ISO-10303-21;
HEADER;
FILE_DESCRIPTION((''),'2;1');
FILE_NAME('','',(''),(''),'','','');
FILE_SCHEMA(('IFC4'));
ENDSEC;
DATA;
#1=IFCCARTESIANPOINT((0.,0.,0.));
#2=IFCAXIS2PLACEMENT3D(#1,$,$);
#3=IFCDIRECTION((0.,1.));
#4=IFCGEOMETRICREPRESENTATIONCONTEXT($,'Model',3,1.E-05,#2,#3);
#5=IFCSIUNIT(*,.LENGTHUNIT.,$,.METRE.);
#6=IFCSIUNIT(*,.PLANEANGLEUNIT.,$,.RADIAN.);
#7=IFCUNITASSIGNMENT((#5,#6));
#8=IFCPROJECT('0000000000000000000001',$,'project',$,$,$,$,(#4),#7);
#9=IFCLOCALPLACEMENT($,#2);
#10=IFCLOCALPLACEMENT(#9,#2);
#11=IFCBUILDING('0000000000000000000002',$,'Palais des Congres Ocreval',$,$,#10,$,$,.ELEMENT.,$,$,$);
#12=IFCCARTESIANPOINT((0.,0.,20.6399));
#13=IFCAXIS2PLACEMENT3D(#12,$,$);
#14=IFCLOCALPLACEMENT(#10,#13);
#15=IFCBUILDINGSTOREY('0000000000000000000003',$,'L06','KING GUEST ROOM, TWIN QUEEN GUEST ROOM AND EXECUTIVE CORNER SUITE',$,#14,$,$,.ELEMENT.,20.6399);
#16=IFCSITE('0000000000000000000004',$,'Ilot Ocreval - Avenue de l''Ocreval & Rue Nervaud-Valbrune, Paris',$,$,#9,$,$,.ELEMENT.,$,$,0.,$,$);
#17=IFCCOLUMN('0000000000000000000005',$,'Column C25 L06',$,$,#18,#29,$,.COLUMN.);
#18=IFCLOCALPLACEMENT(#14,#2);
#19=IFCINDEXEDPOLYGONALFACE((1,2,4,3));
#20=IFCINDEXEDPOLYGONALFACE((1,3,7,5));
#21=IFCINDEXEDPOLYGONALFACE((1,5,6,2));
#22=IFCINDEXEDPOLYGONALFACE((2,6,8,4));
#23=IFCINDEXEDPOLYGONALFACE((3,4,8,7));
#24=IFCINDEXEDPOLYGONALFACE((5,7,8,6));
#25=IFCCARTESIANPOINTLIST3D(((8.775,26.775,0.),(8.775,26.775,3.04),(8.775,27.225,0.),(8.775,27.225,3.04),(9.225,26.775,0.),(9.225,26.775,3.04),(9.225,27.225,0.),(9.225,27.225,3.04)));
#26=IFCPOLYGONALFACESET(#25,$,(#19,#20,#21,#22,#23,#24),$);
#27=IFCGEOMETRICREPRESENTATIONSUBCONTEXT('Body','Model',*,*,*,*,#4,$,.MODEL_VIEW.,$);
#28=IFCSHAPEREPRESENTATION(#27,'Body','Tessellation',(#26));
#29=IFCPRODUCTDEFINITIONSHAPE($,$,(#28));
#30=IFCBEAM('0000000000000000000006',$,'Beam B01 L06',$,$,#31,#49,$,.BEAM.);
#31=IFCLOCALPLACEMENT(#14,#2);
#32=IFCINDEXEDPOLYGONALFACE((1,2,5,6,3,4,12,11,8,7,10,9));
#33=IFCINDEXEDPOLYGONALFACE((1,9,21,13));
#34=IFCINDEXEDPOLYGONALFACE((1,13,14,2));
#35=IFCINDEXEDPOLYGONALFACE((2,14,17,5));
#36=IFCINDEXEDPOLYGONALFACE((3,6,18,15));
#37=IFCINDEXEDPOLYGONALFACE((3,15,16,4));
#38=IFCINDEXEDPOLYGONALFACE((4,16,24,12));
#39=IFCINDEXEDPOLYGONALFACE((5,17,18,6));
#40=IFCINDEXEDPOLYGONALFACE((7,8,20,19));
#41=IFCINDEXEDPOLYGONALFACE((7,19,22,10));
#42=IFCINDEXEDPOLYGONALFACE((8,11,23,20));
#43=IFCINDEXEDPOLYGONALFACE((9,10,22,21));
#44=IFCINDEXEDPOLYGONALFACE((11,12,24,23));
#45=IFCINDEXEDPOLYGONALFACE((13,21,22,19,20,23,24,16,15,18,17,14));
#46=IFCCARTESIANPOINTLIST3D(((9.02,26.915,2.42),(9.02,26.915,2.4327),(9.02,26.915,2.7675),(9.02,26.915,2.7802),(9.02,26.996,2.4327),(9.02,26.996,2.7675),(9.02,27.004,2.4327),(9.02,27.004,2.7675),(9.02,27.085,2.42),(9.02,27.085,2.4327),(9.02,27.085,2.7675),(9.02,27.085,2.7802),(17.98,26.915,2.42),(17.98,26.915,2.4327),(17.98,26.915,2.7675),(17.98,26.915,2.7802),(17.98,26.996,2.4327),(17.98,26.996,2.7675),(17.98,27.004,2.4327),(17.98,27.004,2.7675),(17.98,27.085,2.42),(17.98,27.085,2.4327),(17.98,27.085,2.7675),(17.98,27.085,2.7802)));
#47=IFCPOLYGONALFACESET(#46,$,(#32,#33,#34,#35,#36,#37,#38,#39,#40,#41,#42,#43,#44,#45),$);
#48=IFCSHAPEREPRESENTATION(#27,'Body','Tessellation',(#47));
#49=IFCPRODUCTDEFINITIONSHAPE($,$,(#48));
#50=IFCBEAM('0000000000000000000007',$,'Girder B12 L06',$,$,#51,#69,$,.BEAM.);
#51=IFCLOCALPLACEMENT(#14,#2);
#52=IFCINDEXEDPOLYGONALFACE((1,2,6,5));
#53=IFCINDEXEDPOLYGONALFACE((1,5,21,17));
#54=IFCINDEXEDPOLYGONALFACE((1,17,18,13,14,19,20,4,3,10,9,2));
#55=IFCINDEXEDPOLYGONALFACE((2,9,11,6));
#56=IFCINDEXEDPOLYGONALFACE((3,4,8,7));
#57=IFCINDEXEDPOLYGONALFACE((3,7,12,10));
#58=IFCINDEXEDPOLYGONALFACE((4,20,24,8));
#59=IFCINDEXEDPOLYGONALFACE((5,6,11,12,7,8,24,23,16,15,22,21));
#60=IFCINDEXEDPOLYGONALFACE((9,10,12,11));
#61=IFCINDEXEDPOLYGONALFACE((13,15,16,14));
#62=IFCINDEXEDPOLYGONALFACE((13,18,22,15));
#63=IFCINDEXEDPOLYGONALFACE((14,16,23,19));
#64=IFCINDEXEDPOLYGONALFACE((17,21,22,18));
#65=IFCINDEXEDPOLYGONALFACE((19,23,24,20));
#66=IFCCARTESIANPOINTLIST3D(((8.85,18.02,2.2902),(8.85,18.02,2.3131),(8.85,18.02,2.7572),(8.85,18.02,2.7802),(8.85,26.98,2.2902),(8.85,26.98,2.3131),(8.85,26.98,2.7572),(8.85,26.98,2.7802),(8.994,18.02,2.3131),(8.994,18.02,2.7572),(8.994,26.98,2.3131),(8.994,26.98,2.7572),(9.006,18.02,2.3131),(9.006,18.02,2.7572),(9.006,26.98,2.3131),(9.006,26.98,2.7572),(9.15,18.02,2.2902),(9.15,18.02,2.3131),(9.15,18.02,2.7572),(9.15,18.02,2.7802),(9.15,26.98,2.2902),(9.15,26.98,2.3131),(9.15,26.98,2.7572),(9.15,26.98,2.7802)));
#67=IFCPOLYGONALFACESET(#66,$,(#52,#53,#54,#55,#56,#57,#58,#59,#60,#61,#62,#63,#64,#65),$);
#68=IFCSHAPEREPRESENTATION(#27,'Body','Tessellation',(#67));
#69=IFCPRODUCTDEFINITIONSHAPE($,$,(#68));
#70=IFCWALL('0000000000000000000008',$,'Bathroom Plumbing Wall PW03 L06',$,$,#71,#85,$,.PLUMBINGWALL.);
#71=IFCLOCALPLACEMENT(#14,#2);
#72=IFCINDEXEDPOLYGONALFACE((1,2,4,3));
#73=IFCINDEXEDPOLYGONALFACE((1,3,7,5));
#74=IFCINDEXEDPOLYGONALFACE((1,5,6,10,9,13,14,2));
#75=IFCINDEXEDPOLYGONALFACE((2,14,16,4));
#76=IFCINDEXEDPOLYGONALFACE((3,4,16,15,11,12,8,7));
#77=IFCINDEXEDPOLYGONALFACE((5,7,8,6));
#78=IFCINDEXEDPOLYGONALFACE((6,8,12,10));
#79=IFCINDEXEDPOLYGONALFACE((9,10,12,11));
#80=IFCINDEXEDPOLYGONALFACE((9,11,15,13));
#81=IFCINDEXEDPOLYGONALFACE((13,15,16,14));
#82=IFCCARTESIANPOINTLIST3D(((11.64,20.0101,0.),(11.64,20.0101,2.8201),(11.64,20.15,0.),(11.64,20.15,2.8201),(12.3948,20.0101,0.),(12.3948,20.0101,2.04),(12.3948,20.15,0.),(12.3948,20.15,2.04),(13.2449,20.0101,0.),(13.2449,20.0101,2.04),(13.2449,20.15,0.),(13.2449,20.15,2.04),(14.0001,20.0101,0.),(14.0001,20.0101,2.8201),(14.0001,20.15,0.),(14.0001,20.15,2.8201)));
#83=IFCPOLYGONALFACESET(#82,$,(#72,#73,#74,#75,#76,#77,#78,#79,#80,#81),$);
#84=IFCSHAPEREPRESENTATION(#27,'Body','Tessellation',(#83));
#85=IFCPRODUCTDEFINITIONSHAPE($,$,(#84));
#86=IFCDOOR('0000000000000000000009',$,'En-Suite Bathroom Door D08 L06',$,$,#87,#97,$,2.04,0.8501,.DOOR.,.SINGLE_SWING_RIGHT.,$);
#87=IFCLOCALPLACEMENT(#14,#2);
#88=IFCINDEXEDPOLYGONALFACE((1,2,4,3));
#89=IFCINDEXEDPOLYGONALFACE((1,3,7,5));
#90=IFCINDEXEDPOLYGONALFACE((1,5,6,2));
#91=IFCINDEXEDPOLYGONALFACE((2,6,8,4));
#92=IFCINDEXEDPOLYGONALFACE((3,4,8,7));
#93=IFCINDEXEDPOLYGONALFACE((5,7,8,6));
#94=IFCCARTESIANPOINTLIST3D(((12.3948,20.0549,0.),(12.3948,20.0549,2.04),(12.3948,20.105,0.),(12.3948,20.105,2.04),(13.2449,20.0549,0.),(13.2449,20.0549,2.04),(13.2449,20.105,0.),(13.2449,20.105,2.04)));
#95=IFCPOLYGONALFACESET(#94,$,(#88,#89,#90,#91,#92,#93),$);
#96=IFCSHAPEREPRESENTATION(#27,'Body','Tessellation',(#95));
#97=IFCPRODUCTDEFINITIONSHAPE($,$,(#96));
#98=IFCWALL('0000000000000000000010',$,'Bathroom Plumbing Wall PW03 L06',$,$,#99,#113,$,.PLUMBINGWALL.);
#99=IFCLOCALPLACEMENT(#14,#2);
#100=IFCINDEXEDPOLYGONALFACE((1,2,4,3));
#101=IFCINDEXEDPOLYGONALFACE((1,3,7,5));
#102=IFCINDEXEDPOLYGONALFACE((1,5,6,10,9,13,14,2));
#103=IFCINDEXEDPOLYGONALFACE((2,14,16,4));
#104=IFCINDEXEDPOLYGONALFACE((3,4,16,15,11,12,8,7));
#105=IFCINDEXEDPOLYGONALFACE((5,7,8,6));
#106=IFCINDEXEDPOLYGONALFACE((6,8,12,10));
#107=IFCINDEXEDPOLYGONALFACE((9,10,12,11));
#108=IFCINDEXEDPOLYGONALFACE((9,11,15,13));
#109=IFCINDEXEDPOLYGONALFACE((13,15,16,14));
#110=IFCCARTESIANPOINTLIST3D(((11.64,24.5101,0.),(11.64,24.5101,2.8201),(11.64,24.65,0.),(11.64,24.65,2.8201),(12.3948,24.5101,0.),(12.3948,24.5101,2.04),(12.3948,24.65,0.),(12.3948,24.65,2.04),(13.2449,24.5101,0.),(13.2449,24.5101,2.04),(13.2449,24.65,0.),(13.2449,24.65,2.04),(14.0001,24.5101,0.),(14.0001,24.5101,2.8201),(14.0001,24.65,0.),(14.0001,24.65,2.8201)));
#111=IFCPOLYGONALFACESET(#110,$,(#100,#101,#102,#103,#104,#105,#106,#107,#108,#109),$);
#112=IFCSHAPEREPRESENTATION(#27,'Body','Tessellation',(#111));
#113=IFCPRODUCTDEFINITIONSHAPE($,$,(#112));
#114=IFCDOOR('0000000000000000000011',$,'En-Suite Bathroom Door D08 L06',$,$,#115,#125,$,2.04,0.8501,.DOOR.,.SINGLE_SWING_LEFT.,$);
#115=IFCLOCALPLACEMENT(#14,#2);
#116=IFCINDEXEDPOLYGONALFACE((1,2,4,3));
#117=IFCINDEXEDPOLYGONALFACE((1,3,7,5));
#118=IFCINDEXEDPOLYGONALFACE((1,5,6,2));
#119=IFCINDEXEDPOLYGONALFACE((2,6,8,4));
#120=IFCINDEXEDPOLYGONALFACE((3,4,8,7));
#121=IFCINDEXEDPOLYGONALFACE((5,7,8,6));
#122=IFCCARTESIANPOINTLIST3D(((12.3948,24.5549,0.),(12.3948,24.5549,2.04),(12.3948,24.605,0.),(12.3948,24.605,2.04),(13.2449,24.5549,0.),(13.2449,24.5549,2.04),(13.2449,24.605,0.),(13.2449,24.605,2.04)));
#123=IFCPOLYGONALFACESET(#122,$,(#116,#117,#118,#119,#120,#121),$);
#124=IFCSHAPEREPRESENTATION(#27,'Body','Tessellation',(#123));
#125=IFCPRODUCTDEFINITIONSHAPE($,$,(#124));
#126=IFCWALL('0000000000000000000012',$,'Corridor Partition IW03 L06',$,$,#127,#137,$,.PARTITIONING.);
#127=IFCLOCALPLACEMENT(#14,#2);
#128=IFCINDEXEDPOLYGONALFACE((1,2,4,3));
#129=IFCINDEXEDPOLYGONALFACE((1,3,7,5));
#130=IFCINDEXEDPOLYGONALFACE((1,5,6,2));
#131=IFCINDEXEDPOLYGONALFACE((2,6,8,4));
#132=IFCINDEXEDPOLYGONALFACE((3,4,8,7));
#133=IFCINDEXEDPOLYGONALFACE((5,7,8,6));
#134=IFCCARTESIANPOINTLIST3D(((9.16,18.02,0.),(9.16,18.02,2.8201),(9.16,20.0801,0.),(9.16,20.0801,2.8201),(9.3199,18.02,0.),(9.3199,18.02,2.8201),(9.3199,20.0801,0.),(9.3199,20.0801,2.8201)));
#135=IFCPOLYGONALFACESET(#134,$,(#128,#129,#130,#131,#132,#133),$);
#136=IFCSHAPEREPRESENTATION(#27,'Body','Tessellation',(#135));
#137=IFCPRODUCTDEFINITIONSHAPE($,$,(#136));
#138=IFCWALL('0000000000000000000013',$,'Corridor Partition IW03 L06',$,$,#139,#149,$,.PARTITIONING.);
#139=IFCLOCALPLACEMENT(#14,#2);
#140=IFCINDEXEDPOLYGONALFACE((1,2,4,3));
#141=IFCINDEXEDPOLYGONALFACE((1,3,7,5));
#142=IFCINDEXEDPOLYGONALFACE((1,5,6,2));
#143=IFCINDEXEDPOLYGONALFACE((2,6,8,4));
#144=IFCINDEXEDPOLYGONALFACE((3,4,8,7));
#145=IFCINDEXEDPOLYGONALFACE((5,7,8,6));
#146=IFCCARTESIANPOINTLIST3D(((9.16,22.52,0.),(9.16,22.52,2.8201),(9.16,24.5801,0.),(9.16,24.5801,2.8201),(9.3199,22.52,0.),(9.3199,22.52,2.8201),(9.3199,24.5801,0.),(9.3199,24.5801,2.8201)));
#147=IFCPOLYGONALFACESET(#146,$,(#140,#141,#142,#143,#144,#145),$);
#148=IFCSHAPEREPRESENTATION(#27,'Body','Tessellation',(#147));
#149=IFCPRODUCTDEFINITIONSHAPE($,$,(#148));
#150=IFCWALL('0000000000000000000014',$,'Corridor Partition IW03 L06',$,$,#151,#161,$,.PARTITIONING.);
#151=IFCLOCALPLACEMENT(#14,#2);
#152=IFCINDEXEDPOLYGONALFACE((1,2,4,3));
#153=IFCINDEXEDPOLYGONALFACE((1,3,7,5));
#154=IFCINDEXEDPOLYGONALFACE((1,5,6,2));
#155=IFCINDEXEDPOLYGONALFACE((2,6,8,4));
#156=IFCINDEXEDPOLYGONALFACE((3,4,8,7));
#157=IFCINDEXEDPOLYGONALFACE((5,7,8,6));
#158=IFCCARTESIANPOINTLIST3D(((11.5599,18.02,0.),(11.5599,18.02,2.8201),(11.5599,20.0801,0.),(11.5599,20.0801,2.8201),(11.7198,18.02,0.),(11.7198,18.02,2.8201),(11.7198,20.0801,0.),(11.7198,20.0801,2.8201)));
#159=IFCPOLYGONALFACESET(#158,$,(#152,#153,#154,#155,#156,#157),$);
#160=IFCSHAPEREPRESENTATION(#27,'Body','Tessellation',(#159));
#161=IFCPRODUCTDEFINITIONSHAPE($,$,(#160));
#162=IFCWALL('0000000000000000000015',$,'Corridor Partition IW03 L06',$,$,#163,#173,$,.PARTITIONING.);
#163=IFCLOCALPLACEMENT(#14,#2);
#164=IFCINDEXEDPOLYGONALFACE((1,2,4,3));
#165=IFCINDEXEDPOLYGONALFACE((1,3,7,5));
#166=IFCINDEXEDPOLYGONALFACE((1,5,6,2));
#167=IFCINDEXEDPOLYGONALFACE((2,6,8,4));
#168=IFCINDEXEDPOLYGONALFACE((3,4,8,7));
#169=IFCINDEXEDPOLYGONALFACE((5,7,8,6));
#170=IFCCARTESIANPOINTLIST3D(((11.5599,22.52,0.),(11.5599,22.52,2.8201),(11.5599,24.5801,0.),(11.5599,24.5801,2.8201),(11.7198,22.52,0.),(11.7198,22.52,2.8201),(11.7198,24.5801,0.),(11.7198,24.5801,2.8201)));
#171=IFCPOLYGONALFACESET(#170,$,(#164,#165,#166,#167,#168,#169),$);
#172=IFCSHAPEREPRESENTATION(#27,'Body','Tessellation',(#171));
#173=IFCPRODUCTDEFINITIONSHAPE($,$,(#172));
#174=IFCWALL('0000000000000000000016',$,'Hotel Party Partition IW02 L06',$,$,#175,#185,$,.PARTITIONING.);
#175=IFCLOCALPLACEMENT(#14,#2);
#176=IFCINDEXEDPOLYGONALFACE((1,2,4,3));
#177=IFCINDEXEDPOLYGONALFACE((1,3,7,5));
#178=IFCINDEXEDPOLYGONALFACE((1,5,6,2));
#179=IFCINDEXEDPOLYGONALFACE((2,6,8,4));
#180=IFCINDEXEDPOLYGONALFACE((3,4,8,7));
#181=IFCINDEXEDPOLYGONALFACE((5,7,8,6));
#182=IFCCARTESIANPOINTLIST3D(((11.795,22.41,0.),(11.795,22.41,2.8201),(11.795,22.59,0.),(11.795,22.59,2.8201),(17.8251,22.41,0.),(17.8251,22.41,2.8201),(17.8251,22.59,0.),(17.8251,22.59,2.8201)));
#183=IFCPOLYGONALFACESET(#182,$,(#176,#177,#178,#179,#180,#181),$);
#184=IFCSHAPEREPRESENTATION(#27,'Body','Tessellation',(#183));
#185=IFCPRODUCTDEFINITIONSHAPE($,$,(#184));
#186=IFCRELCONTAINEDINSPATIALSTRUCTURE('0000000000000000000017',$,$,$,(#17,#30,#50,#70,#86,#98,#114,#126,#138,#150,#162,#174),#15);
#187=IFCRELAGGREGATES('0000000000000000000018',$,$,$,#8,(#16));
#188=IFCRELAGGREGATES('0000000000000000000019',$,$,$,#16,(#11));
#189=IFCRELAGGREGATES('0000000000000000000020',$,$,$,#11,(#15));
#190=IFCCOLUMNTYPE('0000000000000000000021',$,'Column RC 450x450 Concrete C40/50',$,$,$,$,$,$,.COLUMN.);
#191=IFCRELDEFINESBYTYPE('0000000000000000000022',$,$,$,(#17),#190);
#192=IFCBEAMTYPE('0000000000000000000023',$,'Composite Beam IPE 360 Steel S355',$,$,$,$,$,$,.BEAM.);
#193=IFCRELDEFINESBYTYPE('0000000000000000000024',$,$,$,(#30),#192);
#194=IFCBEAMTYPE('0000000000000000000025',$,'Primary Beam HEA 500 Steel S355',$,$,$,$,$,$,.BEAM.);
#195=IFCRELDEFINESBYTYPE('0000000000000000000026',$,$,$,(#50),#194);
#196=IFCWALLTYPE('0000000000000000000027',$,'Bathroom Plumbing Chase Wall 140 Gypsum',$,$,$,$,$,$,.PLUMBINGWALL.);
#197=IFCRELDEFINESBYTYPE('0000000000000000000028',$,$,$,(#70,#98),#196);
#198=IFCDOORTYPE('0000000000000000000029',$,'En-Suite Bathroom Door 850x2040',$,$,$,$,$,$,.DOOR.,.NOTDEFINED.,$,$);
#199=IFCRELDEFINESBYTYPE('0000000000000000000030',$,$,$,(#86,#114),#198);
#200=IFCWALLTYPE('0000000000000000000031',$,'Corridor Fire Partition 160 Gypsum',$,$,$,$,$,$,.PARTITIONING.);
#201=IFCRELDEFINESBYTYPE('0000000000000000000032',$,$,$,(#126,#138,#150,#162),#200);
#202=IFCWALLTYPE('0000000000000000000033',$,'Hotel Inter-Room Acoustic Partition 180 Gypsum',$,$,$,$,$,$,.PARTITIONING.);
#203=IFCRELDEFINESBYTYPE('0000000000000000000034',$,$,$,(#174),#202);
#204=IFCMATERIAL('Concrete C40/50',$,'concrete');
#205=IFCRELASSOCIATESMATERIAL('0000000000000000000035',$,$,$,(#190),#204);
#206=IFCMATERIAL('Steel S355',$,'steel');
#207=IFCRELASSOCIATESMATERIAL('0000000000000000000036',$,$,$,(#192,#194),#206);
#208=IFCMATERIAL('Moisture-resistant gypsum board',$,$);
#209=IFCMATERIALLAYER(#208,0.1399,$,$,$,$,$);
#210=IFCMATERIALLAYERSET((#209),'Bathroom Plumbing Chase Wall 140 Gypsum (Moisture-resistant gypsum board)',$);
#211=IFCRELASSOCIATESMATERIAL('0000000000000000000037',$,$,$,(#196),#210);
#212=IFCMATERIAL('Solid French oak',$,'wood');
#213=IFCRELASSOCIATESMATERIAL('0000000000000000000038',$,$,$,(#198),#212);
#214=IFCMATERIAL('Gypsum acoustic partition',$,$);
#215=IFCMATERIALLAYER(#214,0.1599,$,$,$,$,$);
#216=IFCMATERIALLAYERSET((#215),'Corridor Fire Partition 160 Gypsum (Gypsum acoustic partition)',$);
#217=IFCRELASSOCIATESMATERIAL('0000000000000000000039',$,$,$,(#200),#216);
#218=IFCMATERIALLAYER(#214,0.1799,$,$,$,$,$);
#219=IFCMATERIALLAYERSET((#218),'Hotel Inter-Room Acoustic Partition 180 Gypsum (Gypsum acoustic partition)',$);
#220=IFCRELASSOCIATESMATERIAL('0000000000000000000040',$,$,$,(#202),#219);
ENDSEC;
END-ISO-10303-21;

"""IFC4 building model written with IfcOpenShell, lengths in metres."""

from ifc_helpers import new_model, si_unit, direction, frame, frame_2d, origin, origin_2d, place, context, subcontext, project, spatial, rectangle, i_section, extrude, material, layer, layer_set, material_profile, profile_set, type_object, element, fill, save


model = new_model("IFC4")

# Units and contexts
model_context = context("Model", 3, precision=1e-05, world=origin(), true_north=direction((0.0, 1.0)))
body_context = subcontext(model_context, "Body", "Model", "MODEL_VIEW")
ifc_project = project(units=[si_unit("LENGTHUNIT", "METRE"), si_unit("PLANEANGLEUNIT", "RADIAN")], contexts=[model_context])

# Site, building, storey
site_placement = place(None, origin())
site = spatial("IfcSite", under=ifc_project, at=site_placement, Name="Ilot Ocreval - Avenue de l'Ocreval & Rue Nervaud-Valbrune, Paris", CompositionType="ELEMENT", RefElevation=0.0)
building_placement = place(site_placement, origin())
building = spatial("IfcBuilding", under=site, at=building_placement, Name="Palais des Congres Ocreval", CompositionType="ELEMENT")
storey_placement = place(building_placement, frame((0.0, 0.0, 20.6399)))
storey = spatial("IfcBuildingStorey", under=building, at=storey_placement, Name="L06", Description="KING GUEST ROOM, TWIN QUEEN GUEST ROOM AND EXECUTIVE CORNER SUITE", CompositionType="ELEMENT", Elevation=20.6399)

# Column
ifc_material_1 = material(Name="Concrete C40/50", Category="concrete")
ifc_material_profile_1 = material_profile(ifc_material_1, rectangle(XDim=0.45, YDim=0.45, at=origin_2d()), Name="RC 450x450")
ifc_profile_set_1 = profile_set([ifc_material_profile_1], Name="Concrete C40/50")
column_type = type_object("IfcColumnType", Name="Column RC 450x450 Concrete C40/50", PredefinedType="COLUMN", material=ifc_profile_set_1)
column_placement = place(storey_placement, frame((9.0, 27.0, 0.0), z_axis=(0.0, 0.0, 1.0), x_axis=(1.0, 0.0, 0.0)))
element("IfcColumn", 1, at=column_placement, inside=storey, type_object=column_type, Name="Column C25 L06", PredefinedType="COLUMN", context=body_context, shape_type="SweptSolid", body=[
    extrude(rectangle(XDim=0.45, YDim=0.45, at=origin_2d()), origin(), (0.0, 0.0, 1.0), 3.04),
])

# Beams
ifc_material_2 = material(Name="Steel S355", Category="steel")
ifc_material_profile_2 = material_profile(ifc_material_2, i_section(OverallWidth=0.1699, OverallDepth=0.3601, WebThickness=0.0081, FlangeThickness=0.0127, at=origin_2d()), Name="IPE 360")
ifc_profile_set_2 = profile_set([ifc_material_profile_2], Name="Steel S355")
beam_type_1 = type_object("IfcBeamType", Name="Composite Beam IPE 360 Steel S355", PredefinedType="BEAM", material=ifc_profile_set_2)
beam_1_placement = place(storey_placement, frame((9.02, 27.0, 2.6001), z_axis=(1.0, 0.0, 0.0), x_axis=(0.0, 1.0, 0.0)))
element("IfcBeam", 2, at=beam_1_placement, inside=storey, type_object=beam_type_1, Name="Beam B01 L06", PredefinedType="BEAM", context=body_context, shape_type="SweptSolid", body=[
    extrude(i_section(OverallWidth=0.1699, OverallDepth=0.3601, WebThickness=0.0081, FlangeThickness=0.0127, at=origin_2d()), origin(), (0.0, 0.0, 1.0), 8.96),
])
ifc_material_profile_3 = material_profile(ifc_material_2, i_section(OverallWidth=0.3, OverallDepth=0.49, WebThickness=0.012, FlangeThickness=0.0229, at=origin_2d()), Name="HEA 500")
ifc_profile_set_3 = profile_set([ifc_material_profile_3], Name="Steel S355")
beam_type_2 = type_object("IfcBeamType", Name="Primary Beam HEA 500 Steel S355", PredefinedType="BEAM", material=ifc_profile_set_3)
beam_2_placement = place(storey_placement, frame((9.0, 18.02, 2.5352), z_axis=(0.0, 1.0, 0.0), x_axis=(-1.0, 0.0, 0.0)))
element("IfcBeam", 3, at=beam_2_placement, inside=storey, type_object=beam_type_2, Name="Girder B12 L06", PredefinedType="BEAM", context=body_context, shape_type="SweptSolid", body=[
    extrude(i_section(OverallWidth=0.3, OverallDepth=0.49, WebThickness=0.012, FlangeThickness=0.0229, at=origin_2d()), origin(), (0.0, 0.0, 1.0), 8.96),
])

# Walls, openings, doors
ifc_material_3 = material(Name="Moisture-resistant gypsum board")
ifc_layer_1 = layer(ifc_material_3, 0.1399)
ifc_layer_set_1 = layer_set([ifc_layer_1], Name="Bathroom Plumbing Chase Wall 140 Gypsum (Moisture-resistant gypsum board)")
wall_type_1 = type_object("IfcWallType", Name="Bathroom Plumbing Chase Wall 140 Gypsum", PredefinedType="PLUMBINGWALL", material=ifc_layer_set_1)
wall_1_placement = place(storey_placement, frame((11.6399, 20.0801, 0.0), z_axis=(0.0, 0.0, 1.0), x_axis=(1.0, 0.0, 0.0)))
wall_1 = element("IfcWall", 4, at=wall_1_placement, inside=storey, type_object=wall_type_1, Name="Bathroom Plumbing Wall PW03 L06", PredefinedType="PLUMBINGWALL", context=body_context, shape_type="SweptSolid", body=[
    extrude(rectangle(XDim=2.3601, YDim=0.1399, at=frame_2d((1.1802, 0.0))), origin(), (0.0, 0.0, 1.0), 2.8201),
])
opening_1_placement = place(wall_1_placement, frame((0.7549, 0.0, 0.0)))
opening_1 = element("IfcOpeningElement", 5, at=opening_1_placement, cuts=wall_1, PredefinedType="OPENING", context=body_context, shape_type="SweptSolid", body=[
    extrude(rectangle(XDim=0.8501, YDim=2.04, at=frame_2d((0.425, 1.02))), frame((0.0, 0.0798, 0.0), z_axis=(0.0, -1.0, 0.0), x_axis=(1.0, 0.0, 0.0)), (0.0, 0.0, 1.0), 0.1599),
])
ifc_material_4 = material(Name="Solid French oak", Category="wood")
door_type_1 = type_object("IfcDoorType", Name="En-Suite Bathroom Door 850x2040", OperationType="NOTDEFINED", PredefinedType="DOOR", material=ifc_material_4)
door_1_placement = place(opening_1_placement, origin())
door_1 = element("IfcDoor", 6, at=door_1_placement, inside=storey, type_object=door_type_1, Name="En-Suite Bathroom Door D08 L06", OperationType="SINGLE_SWING_RIGHT", OverallHeight=2.04, OverallWidth=0.8501, PredefinedType="DOOR", context=body_context, shape_type="SweptSolid", body=[
    extrude(rectangle(XDim=0.8501, YDim=2.04, at=frame_2d((0.425, 1.02))), frame((0.0, 0.0249, 0.0), z_axis=(0.0, -1.0, 0.0), x_axis=(1.0, 0.0, 0.0)), (0.0, 0.0, 1.0), 0.05),
])
fill(opening_1, door_1)
wall_2_placement = place(storey_placement, frame((11.6399, 24.5801, 0.0), z_axis=(0.0, 0.0, 1.0), x_axis=(1.0, 0.0, 0.0)))
wall_2 = element("IfcWall", 7, at=wall_2_placement, inside=storey, type_object=wall_type_1, Name="Bathroom Plumbing Wall PW03 L06", PredefinedType="PLUMBINGWALL", context=body_context, shape_type="SweptSolid", body=[
    extrude(rectangle(XDim=2.3601, YDim=0.1399, at=frame_2d((1.1802, 0.0))), origin(), (0.0, 0.0, 1.0), 2.8201),
])
opening_2_placement = place(wall_2_placement, frame((0.7549, 0.0, 0.0)))
opening_2 = element("IfcOpeningElement", 8, at=opening_2_placement, cuts=wall_2, PredefinedType="OPENING", context=body_context, shape_type="SweptSolid", body=[
    extrude(rectangle(XDim=0.8501, YDim=2.04, at=frame_2d((0.425, 1.02))), frame((0.0, 0.0798, 0.0), z_axis=(0.0, -1.0, 0.0), x_axis=(1.0, 0.0, 0.0)), (0.0, 0.0, 1.0), 0.1599),
])
door_2_placement = place(opening_2_placement, origin())
door_2 = element("IfcDoor", 9, at=door_2_placement, inside=storey, type_object=door_type_1, Name="En-Suite Bathroom Door D08 L06", OperationType="SINGLE_SWING_LEFT", OverallHeight=2.04, OverallWidth=0.8501, PredefinedType="DOOR", context=body_context, shape_type="SweptSolid", body=[
    extrude(rectangle(XDim=0.8501, YDim=2.04, at=frame_2d((0.425, 1.02))), frame((0.0, 0.0249, 0.0), z_axis=(0.0, -1.0, 0.0), x_axis=(1.0, 0.0, 0.0)), (0.0, 0.0, 1.0), 0.05),
])
fill(opening_2, door_2)

# Walls
ifc_material_5 = material(Name="Gypsum acoustic partition")
ifc_layer_2 = layer(ifc_material_5, 0.1599)
ifc_layer_set_2 = layer_set([ifc_layer_2], Name="Corridor Fire Partition 160 Gypsum (Gypsum acoustic partition)")
wall_type_2 = type_object("IfcWallType", Name="Corridor Fire Partition 160 Gypsum", PredefinedType="PARTITIONING", material=ifc_layer_set_2)
for number, where, z_axis, x_axis, name in (
    (10, (9.24, 18.02, 0.0), (0.0, 0.0, 1.0), (0.0, 1.0, 0.0), "Corridor Partition IW03 L06"),
    (11, (9.24, 22.52, 0.0), (0.0, 0.0, 1.0), (0.0, 1.0, 0.0), "Corridor Partition IW03 L06"),
    (12, (11.6399, 18.02, 0.0), (0.0, 0.0, 1.0), (0.0, 1.0, 0.0), "Corridor Partition IW03 L06"),
    (13, (11.6399, 22.52, 0.0), (0.0, 0.0, 1.0), (0.0, 1.0, 0.0), "Corridor Partition IW03 L06"),
):
    element("IfcWall", number, at=place(storey_placement, frame(where, z_axis=z_axis, x_axis=x_axis)), inside=storey, type_object=wall_type_2, Name=name, PredefinedType="PARTITIONING", context=body_context, shape_type="SweptSolid", body=[
        extrude(rectangle(XDim=2.0601, YDim=0.1599, at=frame_2d((1.03, 0.0))), origin(), (0.0, 0.0, 1.0), 2.8201),
    ])

# Wall
ifc_layer_3 = layer(ifc_material_5, 0.1799)
ifc_layer_set_3 = layer_set([ifc_layer_3], Name="Hotel Inter-Room Acoustic Partition 180 Gypsum (Gypsum acoustic partition)")
wall_type_3 = type_object("IfcWallType", Name="Hotel Inter-Room Acoustic Partition 180 Gypsum", PredefinedType="PARTITIONING", material=ifc_layer_set_3)
wall_3_placement = place(storey_placement, frame((11.7949, 22.5, 0.0), z_axis=(0.0, 0.0, 1.0), x_axis=(1.0, 0.0, 0.0)))
element("IfcWall", 14, at=wall_3_placement, inside=storey, type_object=wall_type_3, Name="Hotel Party Partition IW02 L06", PredefinedType="PARTITIONING", context=body_context, shape_type="SweptSolid", body=[
    extrude(rectangle(XDim=6.03, YDim=0.1799, at=frame_2d((3.0151, 0.0))), origin(), (0.0, 0.0, 1.0), 2.8201),
])

save(model, "model.ifc")
